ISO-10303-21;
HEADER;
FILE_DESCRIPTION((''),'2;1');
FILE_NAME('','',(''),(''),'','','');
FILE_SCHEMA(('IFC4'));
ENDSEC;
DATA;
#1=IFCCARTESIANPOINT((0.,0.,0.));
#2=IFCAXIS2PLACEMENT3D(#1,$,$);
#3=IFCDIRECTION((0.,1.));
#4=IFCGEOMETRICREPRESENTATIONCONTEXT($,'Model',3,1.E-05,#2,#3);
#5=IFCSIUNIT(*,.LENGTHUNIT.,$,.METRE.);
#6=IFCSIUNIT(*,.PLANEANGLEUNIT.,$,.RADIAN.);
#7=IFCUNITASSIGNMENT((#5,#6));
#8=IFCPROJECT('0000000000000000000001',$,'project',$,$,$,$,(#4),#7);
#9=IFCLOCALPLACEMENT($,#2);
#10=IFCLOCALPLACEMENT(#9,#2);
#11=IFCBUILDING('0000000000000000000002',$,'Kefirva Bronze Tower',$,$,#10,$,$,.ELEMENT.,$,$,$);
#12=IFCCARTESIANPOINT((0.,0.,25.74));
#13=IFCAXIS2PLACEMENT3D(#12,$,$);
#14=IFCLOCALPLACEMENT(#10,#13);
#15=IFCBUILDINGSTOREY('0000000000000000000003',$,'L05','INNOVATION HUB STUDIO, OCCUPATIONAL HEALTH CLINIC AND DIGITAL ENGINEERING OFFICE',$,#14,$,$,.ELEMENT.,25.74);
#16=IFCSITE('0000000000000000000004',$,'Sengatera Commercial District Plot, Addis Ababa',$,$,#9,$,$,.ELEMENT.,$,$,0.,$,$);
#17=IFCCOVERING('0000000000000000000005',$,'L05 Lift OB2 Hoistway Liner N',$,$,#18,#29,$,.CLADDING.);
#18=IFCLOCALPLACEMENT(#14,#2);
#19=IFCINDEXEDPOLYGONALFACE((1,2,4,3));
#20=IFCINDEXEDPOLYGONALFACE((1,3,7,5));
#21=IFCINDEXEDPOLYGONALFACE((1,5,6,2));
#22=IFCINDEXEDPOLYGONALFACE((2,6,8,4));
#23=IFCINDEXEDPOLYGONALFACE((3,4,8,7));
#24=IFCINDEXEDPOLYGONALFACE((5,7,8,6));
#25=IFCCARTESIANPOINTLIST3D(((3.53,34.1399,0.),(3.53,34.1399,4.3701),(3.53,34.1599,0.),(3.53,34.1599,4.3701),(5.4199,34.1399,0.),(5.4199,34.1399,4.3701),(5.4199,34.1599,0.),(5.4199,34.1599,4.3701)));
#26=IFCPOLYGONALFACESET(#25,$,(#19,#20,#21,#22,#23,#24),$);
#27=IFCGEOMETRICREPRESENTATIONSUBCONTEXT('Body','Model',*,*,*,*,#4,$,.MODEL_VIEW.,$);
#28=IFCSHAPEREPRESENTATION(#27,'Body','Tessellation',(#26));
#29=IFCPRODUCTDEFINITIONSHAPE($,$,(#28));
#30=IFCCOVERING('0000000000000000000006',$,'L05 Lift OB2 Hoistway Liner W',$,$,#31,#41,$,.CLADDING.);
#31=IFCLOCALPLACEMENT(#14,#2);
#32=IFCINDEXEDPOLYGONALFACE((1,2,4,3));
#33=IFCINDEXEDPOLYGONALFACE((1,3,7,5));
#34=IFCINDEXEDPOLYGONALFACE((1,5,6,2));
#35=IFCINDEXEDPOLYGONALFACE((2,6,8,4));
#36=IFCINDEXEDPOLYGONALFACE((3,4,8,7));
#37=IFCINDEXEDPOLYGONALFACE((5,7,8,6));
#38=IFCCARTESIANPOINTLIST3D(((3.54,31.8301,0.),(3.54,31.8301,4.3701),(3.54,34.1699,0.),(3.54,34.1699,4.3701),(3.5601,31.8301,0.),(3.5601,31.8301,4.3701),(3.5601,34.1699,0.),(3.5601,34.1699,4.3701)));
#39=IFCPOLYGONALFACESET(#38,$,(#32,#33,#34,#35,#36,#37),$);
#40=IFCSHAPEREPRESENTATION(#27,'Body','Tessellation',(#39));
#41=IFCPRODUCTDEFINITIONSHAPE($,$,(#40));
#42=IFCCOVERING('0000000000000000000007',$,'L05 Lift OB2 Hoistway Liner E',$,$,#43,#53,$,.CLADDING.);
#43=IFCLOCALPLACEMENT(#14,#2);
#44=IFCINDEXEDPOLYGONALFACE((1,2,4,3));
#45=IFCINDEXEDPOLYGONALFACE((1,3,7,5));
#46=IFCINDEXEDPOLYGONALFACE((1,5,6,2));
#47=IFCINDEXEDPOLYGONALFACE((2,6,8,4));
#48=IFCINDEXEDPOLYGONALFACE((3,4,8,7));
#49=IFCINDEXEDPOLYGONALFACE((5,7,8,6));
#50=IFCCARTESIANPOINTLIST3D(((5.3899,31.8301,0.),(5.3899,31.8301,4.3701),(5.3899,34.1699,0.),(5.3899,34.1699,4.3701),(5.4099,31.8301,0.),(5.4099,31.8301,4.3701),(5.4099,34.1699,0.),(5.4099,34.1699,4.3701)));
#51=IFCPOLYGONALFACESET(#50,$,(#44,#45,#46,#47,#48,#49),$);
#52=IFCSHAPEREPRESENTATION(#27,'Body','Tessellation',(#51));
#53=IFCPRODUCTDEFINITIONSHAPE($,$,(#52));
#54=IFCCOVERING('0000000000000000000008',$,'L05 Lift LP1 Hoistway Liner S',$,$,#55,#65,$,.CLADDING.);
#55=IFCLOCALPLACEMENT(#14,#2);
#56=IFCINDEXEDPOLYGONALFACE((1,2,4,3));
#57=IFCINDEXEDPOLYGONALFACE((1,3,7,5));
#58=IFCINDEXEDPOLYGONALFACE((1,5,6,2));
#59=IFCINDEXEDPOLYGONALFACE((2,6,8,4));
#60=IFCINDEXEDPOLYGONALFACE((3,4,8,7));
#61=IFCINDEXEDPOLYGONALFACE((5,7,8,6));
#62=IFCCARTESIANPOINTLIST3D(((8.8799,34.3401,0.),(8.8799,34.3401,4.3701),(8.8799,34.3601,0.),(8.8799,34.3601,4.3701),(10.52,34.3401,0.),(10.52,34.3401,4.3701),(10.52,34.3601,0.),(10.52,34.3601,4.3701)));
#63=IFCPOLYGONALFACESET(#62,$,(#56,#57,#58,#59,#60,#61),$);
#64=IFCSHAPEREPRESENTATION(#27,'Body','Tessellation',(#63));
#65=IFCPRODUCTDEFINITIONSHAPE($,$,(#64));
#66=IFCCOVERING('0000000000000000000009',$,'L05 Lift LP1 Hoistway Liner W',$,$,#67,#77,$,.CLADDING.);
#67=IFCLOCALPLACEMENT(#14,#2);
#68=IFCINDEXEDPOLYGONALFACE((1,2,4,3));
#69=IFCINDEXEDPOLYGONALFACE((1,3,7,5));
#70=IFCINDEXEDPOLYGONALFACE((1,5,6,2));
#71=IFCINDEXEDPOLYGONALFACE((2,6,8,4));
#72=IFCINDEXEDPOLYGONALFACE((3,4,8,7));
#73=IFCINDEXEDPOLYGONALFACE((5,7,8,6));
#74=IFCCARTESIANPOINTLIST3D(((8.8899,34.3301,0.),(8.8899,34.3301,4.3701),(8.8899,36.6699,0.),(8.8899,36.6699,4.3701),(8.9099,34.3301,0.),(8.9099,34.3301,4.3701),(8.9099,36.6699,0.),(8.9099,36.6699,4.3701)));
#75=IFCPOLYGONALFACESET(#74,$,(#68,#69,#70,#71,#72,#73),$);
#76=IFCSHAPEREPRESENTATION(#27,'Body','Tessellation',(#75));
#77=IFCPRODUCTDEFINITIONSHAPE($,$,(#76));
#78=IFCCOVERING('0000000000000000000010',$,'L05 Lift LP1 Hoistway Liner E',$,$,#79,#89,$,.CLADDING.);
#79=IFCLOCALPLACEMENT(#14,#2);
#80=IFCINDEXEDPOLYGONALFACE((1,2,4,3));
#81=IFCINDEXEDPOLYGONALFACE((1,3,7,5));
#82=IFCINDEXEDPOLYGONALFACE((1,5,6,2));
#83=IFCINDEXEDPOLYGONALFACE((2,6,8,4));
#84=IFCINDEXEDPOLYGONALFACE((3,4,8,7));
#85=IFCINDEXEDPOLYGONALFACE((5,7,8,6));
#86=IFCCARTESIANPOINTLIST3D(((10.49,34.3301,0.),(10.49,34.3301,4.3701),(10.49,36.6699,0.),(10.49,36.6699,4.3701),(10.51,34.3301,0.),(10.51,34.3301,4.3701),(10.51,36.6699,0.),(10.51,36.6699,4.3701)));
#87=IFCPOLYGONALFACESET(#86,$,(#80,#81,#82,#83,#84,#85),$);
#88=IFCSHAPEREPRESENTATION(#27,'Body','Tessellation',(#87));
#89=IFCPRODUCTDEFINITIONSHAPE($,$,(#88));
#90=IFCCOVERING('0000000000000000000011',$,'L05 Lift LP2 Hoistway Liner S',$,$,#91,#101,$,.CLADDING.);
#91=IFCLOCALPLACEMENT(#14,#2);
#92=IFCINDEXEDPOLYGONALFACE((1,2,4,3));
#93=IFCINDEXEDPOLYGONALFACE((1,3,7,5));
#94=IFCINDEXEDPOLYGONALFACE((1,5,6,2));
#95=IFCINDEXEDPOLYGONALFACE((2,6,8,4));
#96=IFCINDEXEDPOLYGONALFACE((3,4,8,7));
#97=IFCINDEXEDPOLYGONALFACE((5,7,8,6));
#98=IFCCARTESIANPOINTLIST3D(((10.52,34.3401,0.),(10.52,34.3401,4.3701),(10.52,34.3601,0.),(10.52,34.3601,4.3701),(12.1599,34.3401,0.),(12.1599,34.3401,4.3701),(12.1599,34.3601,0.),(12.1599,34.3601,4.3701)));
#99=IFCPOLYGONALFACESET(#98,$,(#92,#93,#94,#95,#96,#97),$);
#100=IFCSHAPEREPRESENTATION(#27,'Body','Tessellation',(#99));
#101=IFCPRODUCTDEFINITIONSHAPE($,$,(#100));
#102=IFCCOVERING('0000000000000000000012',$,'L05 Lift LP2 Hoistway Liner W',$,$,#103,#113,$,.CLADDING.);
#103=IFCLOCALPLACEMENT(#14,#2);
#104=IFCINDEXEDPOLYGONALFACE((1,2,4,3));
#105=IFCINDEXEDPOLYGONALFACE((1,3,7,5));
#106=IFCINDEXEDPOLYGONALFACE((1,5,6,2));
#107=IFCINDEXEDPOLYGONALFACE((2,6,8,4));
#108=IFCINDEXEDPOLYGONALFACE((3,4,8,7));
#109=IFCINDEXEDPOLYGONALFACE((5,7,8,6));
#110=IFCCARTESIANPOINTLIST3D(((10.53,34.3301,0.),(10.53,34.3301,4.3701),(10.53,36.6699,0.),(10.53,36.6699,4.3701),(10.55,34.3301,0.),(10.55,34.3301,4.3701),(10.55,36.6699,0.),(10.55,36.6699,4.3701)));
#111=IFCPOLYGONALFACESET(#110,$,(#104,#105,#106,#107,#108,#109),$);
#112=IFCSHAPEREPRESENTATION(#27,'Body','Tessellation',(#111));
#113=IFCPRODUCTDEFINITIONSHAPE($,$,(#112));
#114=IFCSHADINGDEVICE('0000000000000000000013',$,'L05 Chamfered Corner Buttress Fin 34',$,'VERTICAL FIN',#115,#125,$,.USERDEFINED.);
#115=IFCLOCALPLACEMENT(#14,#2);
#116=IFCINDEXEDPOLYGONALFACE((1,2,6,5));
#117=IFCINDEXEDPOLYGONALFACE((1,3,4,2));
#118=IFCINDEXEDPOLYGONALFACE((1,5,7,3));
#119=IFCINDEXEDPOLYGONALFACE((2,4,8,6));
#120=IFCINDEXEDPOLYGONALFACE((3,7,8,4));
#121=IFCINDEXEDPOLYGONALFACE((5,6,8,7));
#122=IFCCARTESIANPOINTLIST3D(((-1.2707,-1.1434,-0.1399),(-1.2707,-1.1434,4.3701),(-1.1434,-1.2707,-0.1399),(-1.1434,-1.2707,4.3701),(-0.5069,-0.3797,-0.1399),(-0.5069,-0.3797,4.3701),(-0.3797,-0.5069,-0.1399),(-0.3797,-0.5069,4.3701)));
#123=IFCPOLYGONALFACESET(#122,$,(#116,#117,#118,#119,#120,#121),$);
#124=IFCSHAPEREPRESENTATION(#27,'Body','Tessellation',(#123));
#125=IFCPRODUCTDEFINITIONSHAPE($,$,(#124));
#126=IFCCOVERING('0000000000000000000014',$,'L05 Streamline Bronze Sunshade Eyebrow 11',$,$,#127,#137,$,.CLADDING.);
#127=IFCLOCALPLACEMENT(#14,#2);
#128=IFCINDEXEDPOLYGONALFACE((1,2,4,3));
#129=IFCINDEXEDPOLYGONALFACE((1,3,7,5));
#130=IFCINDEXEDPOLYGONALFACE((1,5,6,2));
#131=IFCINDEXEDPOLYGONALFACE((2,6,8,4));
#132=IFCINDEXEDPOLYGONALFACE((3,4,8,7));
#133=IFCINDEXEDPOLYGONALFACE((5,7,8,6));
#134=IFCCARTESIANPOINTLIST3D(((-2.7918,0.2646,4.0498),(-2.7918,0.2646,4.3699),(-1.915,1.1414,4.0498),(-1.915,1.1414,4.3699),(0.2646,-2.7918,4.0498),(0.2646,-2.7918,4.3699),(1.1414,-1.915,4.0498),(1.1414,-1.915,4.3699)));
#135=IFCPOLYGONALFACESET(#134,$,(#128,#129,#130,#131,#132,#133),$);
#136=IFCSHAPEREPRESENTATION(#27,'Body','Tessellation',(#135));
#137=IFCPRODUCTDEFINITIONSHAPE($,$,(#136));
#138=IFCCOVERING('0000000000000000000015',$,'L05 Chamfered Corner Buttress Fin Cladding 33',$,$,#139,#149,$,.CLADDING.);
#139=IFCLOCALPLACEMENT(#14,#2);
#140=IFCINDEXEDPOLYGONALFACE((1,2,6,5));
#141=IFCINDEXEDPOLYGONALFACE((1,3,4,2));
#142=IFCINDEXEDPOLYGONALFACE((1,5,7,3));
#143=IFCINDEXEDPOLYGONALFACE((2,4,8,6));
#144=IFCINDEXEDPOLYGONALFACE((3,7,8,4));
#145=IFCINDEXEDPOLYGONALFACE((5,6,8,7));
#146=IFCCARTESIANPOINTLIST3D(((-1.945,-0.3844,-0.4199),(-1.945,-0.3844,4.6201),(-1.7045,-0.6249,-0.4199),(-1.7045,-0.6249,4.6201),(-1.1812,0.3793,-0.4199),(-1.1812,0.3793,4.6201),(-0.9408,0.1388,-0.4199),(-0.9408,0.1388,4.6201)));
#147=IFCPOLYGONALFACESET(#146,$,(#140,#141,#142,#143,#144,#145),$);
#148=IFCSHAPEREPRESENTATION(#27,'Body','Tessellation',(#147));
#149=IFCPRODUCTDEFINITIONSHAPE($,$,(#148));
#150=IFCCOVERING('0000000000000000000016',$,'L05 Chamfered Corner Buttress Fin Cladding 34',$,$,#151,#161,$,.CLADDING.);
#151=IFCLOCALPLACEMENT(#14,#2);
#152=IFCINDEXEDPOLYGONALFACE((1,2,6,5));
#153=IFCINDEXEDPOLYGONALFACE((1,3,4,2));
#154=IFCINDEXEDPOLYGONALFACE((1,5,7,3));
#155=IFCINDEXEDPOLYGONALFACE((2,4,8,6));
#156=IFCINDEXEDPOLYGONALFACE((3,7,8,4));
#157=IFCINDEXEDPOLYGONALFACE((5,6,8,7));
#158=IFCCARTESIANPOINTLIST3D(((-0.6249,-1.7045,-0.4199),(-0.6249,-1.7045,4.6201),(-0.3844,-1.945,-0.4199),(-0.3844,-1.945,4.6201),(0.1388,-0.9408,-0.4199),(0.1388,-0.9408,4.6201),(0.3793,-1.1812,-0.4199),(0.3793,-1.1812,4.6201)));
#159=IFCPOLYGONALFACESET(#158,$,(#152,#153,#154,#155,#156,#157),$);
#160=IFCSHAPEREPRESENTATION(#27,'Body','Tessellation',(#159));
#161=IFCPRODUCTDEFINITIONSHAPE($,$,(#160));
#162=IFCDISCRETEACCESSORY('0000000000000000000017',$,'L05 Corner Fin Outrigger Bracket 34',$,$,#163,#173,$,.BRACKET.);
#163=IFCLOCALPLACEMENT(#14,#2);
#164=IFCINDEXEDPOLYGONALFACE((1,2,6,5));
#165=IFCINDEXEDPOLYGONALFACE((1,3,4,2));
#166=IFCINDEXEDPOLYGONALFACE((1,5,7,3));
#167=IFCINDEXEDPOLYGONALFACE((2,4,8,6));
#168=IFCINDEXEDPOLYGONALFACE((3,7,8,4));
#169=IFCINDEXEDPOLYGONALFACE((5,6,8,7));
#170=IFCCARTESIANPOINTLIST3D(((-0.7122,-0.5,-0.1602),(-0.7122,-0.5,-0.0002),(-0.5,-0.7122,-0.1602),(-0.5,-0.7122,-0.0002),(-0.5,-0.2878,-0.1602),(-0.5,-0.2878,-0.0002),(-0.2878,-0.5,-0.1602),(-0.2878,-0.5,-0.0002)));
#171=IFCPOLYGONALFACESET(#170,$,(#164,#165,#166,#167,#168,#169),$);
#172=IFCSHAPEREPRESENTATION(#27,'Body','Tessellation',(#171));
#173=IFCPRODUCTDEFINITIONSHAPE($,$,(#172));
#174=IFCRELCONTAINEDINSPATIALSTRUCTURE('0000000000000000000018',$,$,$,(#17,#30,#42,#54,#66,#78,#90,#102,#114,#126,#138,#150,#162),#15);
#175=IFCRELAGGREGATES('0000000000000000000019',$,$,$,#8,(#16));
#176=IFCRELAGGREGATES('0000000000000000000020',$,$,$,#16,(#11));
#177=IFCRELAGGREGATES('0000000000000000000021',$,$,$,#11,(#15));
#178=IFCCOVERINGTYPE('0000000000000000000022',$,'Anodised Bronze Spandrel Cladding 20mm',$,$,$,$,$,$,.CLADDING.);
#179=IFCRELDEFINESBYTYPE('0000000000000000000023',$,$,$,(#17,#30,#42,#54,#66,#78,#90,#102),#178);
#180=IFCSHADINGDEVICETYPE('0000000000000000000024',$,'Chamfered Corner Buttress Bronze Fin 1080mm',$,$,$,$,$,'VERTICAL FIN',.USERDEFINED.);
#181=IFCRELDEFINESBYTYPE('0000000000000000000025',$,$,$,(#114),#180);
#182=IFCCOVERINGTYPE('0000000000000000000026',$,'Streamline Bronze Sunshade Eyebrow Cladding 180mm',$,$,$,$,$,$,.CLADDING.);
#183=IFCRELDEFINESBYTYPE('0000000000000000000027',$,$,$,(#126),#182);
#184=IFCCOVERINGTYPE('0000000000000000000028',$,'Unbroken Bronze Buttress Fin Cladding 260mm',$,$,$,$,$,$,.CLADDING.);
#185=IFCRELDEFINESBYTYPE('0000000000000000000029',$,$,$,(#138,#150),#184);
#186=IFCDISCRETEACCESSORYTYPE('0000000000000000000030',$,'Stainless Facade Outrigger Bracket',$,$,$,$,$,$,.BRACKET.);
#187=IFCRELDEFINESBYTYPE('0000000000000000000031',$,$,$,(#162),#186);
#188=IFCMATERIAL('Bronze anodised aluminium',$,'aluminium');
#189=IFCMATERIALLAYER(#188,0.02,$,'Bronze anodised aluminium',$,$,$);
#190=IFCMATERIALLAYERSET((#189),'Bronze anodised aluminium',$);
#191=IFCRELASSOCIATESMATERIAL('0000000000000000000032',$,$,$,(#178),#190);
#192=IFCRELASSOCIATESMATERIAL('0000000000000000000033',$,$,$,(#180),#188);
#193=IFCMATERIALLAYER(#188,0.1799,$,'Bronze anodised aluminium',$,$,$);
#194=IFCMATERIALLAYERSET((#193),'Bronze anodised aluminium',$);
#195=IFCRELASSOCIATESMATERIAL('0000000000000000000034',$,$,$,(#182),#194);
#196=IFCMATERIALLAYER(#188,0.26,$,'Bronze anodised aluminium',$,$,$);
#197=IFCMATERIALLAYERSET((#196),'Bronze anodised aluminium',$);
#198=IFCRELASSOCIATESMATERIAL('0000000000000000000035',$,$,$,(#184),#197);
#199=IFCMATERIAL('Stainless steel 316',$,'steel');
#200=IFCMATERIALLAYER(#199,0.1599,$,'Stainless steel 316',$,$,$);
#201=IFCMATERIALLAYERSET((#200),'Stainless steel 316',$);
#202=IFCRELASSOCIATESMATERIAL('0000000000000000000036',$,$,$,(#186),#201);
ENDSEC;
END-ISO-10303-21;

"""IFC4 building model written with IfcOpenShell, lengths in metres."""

from ifc_helpers import new_model, si_unit, direction, frame, origin, origin_2d, place, context, subcontext, project, spatial, polyline, rectangle, outline, extrude, material, layer, layer_set, material_profile, profile_set, type_object, element, save


model = new_model("IFC4")

# Units and contexts
model_context = context("Model", 3, precision=1e-05, world=origin(), true_north=direction((0.0, 1.0)))
body_context = subcontext(model_context, "Body", "Model", "MODEL_VIEW")
ifc_project = project(units=[si_unit("LENGTHUNIT", "METRE"), si_unit("PLANEANGLEUNIT", "RADIAN")], contexts=[model_context])

# Site, building, storey
site_placement = place(None, origin())
site = spatial("IfcSite", under=ifc_project, at=site_placement, Name="Sengatera Commercial District Plot, Addis Ababa", CompositionType="ELEMENT", RefElevation=0.0)
building_placement = place(site_placement, origin())
building = spatial("IfcBuilding", under=site, at=building_placement, Name="Kefirva Bronze Tower", CompositionType="ELEMENT")
storey_placement = place(building_placement, frame((0.0, 0.0, 25.74)))
storey = spatial("IfcBuildingStorey", under=building, at=storey_placement, Name="L05", Description="INNOVATION HUB STUDIO, OCCUPATIONAL HEALTH CLINIC AND DIGITAL ENGINEERING OFFICE", CompositionType="ELEMENT", Elevation=25.74)

# Coverings
ifc_material_1 = material(Name="Bronze anodised aluminium", Category="aluminium")
ifc_layer_1 = layer(ifc_material_1, 0.02, Name="Bronze anodised aluminium")
ifc_layer_set_1 = layer_set([ifc_layer_1], Name="Bronze anodised aluminium")
covering_type_1 = type_object("IfcCoveringType", Name="Anodised Bronze Spandrel Cladding 20mm", PredefinedType="CLADDING", material=ifc_layer_set_1)
covering_1_placement = place(storey_placement, origin())
element("IfcCovering", 1, at=covering_1_placement, inside=storey, type_object=covering_type_1, Name="L05 Lift OB2 Hoistway Liner N", PredefinedType="CLADDING", context=body_context, shape_type="SweptSolid", body=[
    extrude(outline(polyline([(3.53, 34.1399), (5.4199, 34.1399), (5.4199, 34.1599), (3.53, 34.1599), (3.53, 34.1399)])), origin(), (0.0, 0.0, 1.0), 4.3701),
])
covering_2_placement = place(storey_placement, origin())
element("IfcCovering", 2, at=covering_2_placement, inside=storey, type_object=covering_type_1, Name="L05 Lift OB2 Hoistway Liner W", PredefinedType="CLADDING", context=body_context, shape_type="SweptSolid", body=[
    extrude(outline(polyline([(3.54, 31.8301), (3.5601, 31.8301), (3.5601, 34.1699), (3.54, 34.1699), (3.54, 31.8301)])), origin(), (0.0, 0.0, 1.0), 4.3701),
])
covering_3_placement = place(storey_placement, origin())
element("IfcCovering", 3, at=covering_3_placement, inside=storey, type_object=covering_type_1, Name="L05 Lift OB2 Hoistway Liner E", PredefinedType="CLADDING", context=body_context, shape_type="SweptSolid", body=[
    extrude(outline(polyline([(5.3899, 31.8301), (5.4099, 31.8301), (5.4099, 34.1699), (5.3899, 34.1699), (5.3899, 31.8301)])), origin(), (0.0, 0.0, 1.0), 4.3701),
])
covering_4_placement = place(storey_placement, origin())
element("IfcCovering", 4, at=covering_4_placement, inside=storey, type_object=covering_type_1, Name="L05 Lift LP1 Hoistway Liner S", PredefinedType="CLADDING", context=body_context, shape_type="SweptSolid", body=[
    extrude(outline(polyline([(8.8799, 34.3401), (10.52, 34.3401), (10.52, 34.3601), (8.8799, 34.3601), (8.8799, 34.3401)])), origin(), (0.0, 0.0, 1.0), 4.3701),
])
covering_5_placement = place(storey_placement, origin())
element("IfcCovering", 5, at=covering_5_placement, inside=storey, type_object=covering_type_1, Name="L05 Lift LP1 Hoistway Liner W", PredefinedType="CLADDING", context=body_context, shape_type="SweptSolid", body=[
    extrude(outline(polyline([(8.8899, 34.3301), (8.9099, 34.3301), (8.9099, 36.6699), (8.8899, 36.6699), (8.8899, 34.3301)])), origin(), (0.0, 0.0, 1.0), 4.3701),
])
covering_6_placement = place(storey_placement, origin())
element("IfcCovering", 6, at=covering_6_placement, inside=storey, type_object=covering_type_1, Name="L05 Lift LP1 Hoistway Liner E", PredefinedType="CLADDING", context=body_context, shape_type="SweptSolid", body=[
    extrude(outline(polyline([(10.49, 34.3301), (10.51, 34.3301), (10.51, 36.6699), (10.49, 36.6699), (10.49, 34.3301)])), origin(), (0.0, 0.0, 1.0), 4.3701),
])
covering_7_placement = place(storey_placement, origin())
element("IfcCovering", 7, at=covering_7_placement, inside=storey, type_object=covering_type_1, Name="L05 Lift LP2 Hoistway Liner S", PredefinedType="CLADDING", context=body_context, shape_type="SweptSolid", body=[
    extrude(outline(polyline([(10.52, 34.3401), (12.1599, 34.3401), (12.1599, 34.3601), (10.52, 34.3601), (10.52, 34.3401)])), origin(), (0.0, 0.0, 1.0), 4.3701),
])
covering_8_placement = place(storey_placement, origin())
element("IfcCovering", 8, at=covering_8_placement, inside=storey, type_object=covering_type_1, Name="L05 Lift LP2 Hoistway Liner W", PredefinedType="CLADDING", context=body_context, shape_type="SweptSolid", body=[
    extrude(outline(polyline([(10.53, 34.3301), (10.55, 34.3301), (10.55, 36.6699), (10.53, 36.6699), (10.53, 34.3301)])), origin(), (0.0, 0.0, 1.0), 4.3701),
])

# Shading device
ifc_material_profile = material_profile(ifc_material_1, rectangle(XDim=0.1799, YDim=1.0801, at=origin_2d()), Name="BRONZE BUTTRESS FIN 180x1080")
ifc_profile_set = profile_set([ifc_material_profile], Name="Bronze anodised aluminium")
shading_device_type = type_object("IfcShadingDeviceType", Name="Chamfered Corner Buttress Bronze Fin 1080mm", ElementType="VERTICAL FIN", PredefinedType="USERDEFINED", material=ifc_profile_set)
shading_device_placement = place(storey_placement, frame((-0.8252, -0.8252, -0.1399), z_axis=(0.0, 0.0, 1.0), x_axis=(0.707107, -0.707107, 0.0)))
element("IfcShadingDevice", 9, at=shading_device_placement, inside=storey, type_object=shading_device_type, Name="L05 Chamfered Corner Buttress Fin 34", ObjectType="VERTICAL FIN", PredefinedType="USERDEFINED", context=body_context, shape_type="SweptSolid", body=[
    extrude(rectangle(XDim=0.1799, YDim=1.0801, at=origin_2d()), origin(), (0.0, 0.0, 1.0), 4.51),
])

# Coverings
ifc_layer_2 = layer(ifc_material_1, 0.1799, Name="Bronze anodised aluminium")
ifc_layer_set_2 = layer_set([ifc_layer_2], Name="Bronze anodised aluminium")
covering_type_2 = type_object("IfcCoveringType", Name="Streamline Bronze Sunshade Eyebrow Cladding 180mm", PredefinedType="CLADDING", material=ifc_layer_set_2)
covering_9_placement = place(storey_placement, frame((-0.8252, -0.8252, 4.0498), z_axis=(0.0, 0.0, 1.0), x_axis=(0.707107, -0.707107, 0.0)))
element("IfcCovering", 10, at=covering_9_placement, inside=storey, type_object=covering_type_2, Name="L05 Streamline Bronze Sunshade Eyebrow 11", PredefinedType="CLADDING", context=body_context, shape_type="SweptSolid", body=[
    extrude(rectangle(XDim=4.3225, YDim=1.24, at=origin_2d()), origin(), (0.0, 0.0, 1.0), 0.3201),
])
ifc_layer_3 = layer(ifc_material_1, 0.26, Name="Bronze anodised aluminium")
ifc_layer_set_3 = layer_set([ifc_layer_3], Name="Bronze anodised aluminium")
covering_type_3 = type_object("IfcCoveringType", Name="Unbroken Bronze Buttress Fin Cladding 260mm", PredefinedType="CLADDING", material=ifc_layer_set_3)
for number, where, z_axis, x_axis, name in (
    (11, (-1.4429, -0.1228, -0.4199), (0.0, 0.0, 1.0), (0.707107, -0.707107, 0.0), "L05 Chamfered Corner Buttress Fin Cladding 33"),
    (12, (-0.1228, -1.4429, -0.4199), (0.0, 0.0, 1.0), (0.707107, -0.707107, 0.0), "L05 Chamfered Corner Buttress Fin Cladding 34"),
):
    element("IfcCovering", number, at=place(storey_placement, frame(where, z_axis=z_axis, x_axis=x_axis)), inside=storey, type_object=covering_type_3, Name=name, PredefinedType="CLADDING", context=body_context, shape_type="SweptSolid", body=[
        extrude(rectangle(XDim=0.3401, YDim=1.0801, at=origin_2d()), origin(), (0.0, 0.0, 1.0), 5.04),
    ])

# Discrete accessory
ifc_material_2 = material(Name="Stainless steel 316", Category="steel")
ifc_layer_4 = layer(ifc_material_2, 0.1599, Name="Stainless steel 316")
ifc_layer_set_4 = layer_set([ifc_layer_4], Name="Stainless steel 316")
discrete_accessory_type = type_object("IfcDiscreteAccessoryType", Name="Stainless Facade Outrigger Bracket", PredefinedType="BRACKET", material=ifc_layer_set_4)
discrete_accessory_placement = place(storey_placement, frame((-0.5, -0.5, -0.1602), z_axis=(0.0, 0.0, 1.0), x_axis=(0.707107, -0.707107, 0.0)))
element("IfcDiscreteAccessory", 13, at=discrete_accessory_placement, inside=storey, type_object=discrete_accessory_type, Name="L05 Corner Fin Outrigger Bracket 34", PredefinedType="BRACKET", context=body_context, shape_type="SweptSolid", body=[
    extrude(rectangle(XDim=0.3, YDim=0.3, at=origin_2d()), origin(), (0.0, 0.0, 1.0), 0.1599),
])

save(model, "model.ifc")
